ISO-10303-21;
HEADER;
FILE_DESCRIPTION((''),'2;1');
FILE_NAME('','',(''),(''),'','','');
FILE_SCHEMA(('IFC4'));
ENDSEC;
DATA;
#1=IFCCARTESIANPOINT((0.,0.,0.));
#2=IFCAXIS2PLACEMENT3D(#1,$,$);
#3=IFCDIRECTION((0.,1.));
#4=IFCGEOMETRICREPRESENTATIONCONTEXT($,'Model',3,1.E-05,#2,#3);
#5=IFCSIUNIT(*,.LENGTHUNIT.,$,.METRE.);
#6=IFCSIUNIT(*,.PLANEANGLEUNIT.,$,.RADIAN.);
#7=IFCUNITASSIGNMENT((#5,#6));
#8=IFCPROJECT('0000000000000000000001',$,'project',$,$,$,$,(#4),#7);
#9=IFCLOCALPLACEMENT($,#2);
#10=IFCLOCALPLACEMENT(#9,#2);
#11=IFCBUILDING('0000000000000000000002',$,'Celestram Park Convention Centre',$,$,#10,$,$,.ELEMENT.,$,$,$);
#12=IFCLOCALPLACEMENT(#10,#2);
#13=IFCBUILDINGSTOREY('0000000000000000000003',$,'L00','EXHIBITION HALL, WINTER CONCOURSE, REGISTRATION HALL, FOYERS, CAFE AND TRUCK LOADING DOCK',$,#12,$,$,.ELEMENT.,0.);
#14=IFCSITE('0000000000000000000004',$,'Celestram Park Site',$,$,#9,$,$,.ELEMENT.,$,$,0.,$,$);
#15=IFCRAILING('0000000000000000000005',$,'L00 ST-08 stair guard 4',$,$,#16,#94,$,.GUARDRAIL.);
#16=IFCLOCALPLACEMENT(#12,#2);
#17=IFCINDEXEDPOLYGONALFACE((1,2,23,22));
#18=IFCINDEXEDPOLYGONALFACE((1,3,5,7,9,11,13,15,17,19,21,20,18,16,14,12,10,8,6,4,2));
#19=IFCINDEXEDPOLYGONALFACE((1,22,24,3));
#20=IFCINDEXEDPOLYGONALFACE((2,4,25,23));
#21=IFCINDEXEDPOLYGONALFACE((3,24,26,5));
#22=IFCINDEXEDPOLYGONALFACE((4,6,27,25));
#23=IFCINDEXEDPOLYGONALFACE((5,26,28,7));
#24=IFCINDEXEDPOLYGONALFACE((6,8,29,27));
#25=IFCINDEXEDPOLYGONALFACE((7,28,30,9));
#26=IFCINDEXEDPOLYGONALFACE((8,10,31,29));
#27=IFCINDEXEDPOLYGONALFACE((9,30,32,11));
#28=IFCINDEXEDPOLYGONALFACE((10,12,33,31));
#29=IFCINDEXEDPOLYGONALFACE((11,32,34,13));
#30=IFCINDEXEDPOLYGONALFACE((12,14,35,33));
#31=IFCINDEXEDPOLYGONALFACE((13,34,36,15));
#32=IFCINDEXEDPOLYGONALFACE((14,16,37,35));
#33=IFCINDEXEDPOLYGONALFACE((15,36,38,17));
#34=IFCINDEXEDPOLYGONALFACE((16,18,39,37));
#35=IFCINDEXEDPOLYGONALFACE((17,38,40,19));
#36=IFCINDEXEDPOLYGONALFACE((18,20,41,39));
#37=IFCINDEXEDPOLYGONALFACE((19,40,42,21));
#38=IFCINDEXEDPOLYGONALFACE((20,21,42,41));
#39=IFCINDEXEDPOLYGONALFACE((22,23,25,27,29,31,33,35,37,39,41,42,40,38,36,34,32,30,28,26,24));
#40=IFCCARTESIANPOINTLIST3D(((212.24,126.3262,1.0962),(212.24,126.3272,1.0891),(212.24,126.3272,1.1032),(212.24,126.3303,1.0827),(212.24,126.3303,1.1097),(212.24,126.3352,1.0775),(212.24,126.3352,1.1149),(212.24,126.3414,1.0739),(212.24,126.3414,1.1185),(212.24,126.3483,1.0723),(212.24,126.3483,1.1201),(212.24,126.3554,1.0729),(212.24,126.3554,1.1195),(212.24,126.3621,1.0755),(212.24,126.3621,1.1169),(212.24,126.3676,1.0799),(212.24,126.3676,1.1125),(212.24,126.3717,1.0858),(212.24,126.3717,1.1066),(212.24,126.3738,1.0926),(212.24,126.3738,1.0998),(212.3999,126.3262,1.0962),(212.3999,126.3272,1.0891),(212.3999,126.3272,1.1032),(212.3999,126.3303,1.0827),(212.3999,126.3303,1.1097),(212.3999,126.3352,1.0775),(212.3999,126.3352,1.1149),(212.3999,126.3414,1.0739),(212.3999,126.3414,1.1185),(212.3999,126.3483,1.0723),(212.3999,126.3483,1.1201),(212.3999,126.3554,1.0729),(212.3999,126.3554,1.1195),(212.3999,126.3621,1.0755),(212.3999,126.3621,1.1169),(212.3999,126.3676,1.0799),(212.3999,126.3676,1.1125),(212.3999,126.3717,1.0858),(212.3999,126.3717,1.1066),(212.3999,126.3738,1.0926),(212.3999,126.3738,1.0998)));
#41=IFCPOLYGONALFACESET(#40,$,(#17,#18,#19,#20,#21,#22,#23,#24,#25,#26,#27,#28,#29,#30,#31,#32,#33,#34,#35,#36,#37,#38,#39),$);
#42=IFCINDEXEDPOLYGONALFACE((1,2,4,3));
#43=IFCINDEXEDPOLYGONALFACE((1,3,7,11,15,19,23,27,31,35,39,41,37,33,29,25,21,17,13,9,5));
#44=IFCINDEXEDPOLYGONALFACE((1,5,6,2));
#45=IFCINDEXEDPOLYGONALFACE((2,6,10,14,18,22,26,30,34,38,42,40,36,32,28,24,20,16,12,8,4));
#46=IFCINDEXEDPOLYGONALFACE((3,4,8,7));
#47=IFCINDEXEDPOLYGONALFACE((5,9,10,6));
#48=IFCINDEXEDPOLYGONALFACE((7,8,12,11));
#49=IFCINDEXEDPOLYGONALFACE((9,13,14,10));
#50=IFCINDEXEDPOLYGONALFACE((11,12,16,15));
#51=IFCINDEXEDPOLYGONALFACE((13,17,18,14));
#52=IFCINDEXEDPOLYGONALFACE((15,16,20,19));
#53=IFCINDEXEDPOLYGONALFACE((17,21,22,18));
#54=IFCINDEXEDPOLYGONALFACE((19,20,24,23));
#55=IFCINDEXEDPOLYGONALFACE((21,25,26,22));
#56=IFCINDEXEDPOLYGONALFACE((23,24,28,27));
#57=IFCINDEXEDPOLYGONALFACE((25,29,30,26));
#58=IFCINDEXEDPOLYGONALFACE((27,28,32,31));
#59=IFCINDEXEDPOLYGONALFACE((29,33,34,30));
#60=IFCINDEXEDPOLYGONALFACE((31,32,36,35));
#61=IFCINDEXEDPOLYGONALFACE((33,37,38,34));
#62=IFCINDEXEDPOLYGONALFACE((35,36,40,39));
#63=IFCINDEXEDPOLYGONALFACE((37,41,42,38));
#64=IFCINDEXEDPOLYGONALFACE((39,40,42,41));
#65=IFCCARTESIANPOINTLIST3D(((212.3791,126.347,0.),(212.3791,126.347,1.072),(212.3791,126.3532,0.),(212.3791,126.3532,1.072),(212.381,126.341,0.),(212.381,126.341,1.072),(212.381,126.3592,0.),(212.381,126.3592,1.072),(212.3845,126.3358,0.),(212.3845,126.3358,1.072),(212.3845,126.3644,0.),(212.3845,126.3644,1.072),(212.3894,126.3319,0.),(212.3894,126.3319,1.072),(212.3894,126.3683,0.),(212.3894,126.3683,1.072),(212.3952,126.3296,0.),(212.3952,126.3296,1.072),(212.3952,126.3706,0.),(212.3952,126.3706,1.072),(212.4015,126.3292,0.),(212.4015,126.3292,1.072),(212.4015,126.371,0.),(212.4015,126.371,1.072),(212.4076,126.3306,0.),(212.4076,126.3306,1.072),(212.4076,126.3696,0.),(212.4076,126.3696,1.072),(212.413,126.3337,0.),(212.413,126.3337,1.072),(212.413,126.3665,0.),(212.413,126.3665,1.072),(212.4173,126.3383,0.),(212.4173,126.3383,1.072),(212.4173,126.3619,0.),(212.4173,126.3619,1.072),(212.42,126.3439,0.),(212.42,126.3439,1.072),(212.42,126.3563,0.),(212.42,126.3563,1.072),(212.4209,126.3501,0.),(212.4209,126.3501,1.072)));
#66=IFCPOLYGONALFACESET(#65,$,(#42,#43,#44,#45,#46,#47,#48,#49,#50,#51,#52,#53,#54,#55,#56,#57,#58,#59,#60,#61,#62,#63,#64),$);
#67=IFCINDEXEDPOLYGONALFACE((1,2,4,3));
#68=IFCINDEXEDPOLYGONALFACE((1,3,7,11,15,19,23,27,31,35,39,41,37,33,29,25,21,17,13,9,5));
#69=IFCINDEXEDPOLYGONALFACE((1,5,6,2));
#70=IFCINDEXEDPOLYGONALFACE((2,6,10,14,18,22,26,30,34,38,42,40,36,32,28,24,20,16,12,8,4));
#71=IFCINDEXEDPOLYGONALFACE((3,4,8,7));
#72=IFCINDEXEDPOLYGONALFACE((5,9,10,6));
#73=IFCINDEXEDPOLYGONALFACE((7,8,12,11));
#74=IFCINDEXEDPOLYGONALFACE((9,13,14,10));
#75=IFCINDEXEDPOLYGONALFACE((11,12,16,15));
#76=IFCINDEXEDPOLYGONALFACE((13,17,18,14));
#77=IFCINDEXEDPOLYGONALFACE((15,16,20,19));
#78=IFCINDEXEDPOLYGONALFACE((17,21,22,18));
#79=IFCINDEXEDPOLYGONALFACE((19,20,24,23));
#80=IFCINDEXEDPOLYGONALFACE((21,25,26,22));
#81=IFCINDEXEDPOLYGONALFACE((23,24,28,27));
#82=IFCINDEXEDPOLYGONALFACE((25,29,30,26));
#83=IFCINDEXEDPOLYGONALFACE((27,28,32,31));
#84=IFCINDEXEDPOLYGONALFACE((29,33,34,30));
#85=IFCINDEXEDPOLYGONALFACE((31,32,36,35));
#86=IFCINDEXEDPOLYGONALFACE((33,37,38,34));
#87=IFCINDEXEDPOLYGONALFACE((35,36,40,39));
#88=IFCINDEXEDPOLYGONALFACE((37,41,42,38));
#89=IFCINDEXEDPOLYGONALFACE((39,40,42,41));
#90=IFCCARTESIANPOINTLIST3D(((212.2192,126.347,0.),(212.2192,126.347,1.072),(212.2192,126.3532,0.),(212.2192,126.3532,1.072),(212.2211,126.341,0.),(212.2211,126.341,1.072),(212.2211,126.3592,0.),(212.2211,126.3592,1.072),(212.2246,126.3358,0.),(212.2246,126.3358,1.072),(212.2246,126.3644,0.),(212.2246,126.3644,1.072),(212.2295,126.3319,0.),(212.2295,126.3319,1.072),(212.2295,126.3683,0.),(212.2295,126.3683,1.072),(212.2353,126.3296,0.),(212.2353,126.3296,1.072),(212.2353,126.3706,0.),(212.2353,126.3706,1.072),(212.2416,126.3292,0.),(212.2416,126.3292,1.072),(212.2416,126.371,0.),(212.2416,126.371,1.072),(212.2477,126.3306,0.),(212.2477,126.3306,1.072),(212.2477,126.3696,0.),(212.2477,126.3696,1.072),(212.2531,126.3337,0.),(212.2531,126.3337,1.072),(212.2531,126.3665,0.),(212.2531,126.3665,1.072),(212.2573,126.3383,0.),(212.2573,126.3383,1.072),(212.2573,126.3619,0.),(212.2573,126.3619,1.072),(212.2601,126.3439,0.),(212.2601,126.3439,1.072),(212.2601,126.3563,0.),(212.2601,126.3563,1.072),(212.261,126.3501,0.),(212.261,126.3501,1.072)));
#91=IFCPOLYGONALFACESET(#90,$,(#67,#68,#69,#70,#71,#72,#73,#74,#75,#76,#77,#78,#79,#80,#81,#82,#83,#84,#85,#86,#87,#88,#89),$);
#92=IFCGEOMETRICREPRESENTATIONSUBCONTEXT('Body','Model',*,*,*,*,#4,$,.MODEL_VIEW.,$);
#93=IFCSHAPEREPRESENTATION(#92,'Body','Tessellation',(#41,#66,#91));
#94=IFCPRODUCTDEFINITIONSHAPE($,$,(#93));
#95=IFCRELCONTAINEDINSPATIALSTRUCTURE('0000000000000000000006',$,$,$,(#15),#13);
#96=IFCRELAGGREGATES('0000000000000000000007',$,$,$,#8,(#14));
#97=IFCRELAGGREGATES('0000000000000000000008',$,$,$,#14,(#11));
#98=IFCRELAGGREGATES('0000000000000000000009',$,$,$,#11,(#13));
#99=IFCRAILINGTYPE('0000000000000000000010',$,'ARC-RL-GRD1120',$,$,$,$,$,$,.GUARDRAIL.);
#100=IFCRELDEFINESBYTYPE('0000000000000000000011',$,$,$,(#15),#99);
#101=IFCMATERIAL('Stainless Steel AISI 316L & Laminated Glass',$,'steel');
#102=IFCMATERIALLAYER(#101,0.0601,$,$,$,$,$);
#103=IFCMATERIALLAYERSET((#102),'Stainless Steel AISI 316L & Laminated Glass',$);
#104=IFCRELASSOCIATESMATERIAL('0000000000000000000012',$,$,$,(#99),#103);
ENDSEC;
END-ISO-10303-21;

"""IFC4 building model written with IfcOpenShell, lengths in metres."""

from ifc_helpers import new_model, si_unit, direction, frame, origin, origin_2d, place, context, subcontext, project, spatial, circle, extrude, material, layer, layer_set, type_object, element, save


model = new_model("IFC4")

# Units and contexts
model_context = context("Model", 3, precision=1e-05, world=origin(), true_north=direction((0.0, 1.0)))
body_context = subcontext(model_context, "Body", "Model", "MODEL_VIEW")
ifc_project = project(units=[si_unit("LENGTHUNIT", "METRE"), si_unit("PLANEANGLEUNIT", "RADIAN")], contexts=[model_context])

# Site, building, storey
site_placement = place(None, origin())
site = spatial("IfcSite", under=ifc_project, at=site_placement, Name="Celestram Park Site", CompositionType="ELEMENT", RefElevation=0.0)
building_placement = place(site_placement, origin())
building = spatial("IfcBuilding", under=site, at=building_placement, Name="Celestram Park Convention Centre", CompositionType="ELEMENT")
storey_placement = place(building_placement, origin())
storey = spatial("IfcBuildingStorey", under=building, at=storey_placement, Name="L00", Description="EXHIBITION HALL, WINTER CONCOURSE, REGISTRATION HALL, FOYERS, CAFE AND TRUCK LOADING DOCK", CompositionType="ELEMENT", Elevation=0.0)

# Railing
ifc_material_1 = material(Name="Stainless Steel AISI 316L & Laminated Glass", Category="steel")
ifc_layer_1 = layer(ifc_material_1, 0.0601)
ifc_layer_set_1 = layer_set([ifc_layer_1], Name="Stainless Steel AISI 316L & Laminated Glass")
railing_type_1 = type_object("IfcRailingType", Name="ARC-RL-GRD1120", PredefinedType="GUARDRAIL", material=ifc_layer_set_1)
railing_1_placement = place(storey_placement, frame((212.3999, 126.3501, 0.0)))
element("IfcRailing", 1, at=railing_1_placement, inside=storey, type_object=railing_type_1, Name="L00 ST-08 stair guard 4", PredefinedType="GUARDRAIL", context=body_context, shape_type="SweptSolid", body=[
    extrude(circle(Radius=0.0239, at=origin_2d()), frame((0.0, 0.0, 1.0962), z_axis=(-1.0, 0.0, 0.0), x_axis=(0.0, -1.0, 0.0)), (0.0, 0.0, 1.0), 0.1599),
    extrude(circle(Radius=0.021, at=origin_2d()), origin(), (0.0, 0.0, 1.0), 1.072),
    extrude(circle(Radius=0.021, at=origin_2d()), frame((-0.1599, 0.0, 0.0)), (0.0, 0.0, 1.0), 1.072),
])

save(model, "model.ifc")
